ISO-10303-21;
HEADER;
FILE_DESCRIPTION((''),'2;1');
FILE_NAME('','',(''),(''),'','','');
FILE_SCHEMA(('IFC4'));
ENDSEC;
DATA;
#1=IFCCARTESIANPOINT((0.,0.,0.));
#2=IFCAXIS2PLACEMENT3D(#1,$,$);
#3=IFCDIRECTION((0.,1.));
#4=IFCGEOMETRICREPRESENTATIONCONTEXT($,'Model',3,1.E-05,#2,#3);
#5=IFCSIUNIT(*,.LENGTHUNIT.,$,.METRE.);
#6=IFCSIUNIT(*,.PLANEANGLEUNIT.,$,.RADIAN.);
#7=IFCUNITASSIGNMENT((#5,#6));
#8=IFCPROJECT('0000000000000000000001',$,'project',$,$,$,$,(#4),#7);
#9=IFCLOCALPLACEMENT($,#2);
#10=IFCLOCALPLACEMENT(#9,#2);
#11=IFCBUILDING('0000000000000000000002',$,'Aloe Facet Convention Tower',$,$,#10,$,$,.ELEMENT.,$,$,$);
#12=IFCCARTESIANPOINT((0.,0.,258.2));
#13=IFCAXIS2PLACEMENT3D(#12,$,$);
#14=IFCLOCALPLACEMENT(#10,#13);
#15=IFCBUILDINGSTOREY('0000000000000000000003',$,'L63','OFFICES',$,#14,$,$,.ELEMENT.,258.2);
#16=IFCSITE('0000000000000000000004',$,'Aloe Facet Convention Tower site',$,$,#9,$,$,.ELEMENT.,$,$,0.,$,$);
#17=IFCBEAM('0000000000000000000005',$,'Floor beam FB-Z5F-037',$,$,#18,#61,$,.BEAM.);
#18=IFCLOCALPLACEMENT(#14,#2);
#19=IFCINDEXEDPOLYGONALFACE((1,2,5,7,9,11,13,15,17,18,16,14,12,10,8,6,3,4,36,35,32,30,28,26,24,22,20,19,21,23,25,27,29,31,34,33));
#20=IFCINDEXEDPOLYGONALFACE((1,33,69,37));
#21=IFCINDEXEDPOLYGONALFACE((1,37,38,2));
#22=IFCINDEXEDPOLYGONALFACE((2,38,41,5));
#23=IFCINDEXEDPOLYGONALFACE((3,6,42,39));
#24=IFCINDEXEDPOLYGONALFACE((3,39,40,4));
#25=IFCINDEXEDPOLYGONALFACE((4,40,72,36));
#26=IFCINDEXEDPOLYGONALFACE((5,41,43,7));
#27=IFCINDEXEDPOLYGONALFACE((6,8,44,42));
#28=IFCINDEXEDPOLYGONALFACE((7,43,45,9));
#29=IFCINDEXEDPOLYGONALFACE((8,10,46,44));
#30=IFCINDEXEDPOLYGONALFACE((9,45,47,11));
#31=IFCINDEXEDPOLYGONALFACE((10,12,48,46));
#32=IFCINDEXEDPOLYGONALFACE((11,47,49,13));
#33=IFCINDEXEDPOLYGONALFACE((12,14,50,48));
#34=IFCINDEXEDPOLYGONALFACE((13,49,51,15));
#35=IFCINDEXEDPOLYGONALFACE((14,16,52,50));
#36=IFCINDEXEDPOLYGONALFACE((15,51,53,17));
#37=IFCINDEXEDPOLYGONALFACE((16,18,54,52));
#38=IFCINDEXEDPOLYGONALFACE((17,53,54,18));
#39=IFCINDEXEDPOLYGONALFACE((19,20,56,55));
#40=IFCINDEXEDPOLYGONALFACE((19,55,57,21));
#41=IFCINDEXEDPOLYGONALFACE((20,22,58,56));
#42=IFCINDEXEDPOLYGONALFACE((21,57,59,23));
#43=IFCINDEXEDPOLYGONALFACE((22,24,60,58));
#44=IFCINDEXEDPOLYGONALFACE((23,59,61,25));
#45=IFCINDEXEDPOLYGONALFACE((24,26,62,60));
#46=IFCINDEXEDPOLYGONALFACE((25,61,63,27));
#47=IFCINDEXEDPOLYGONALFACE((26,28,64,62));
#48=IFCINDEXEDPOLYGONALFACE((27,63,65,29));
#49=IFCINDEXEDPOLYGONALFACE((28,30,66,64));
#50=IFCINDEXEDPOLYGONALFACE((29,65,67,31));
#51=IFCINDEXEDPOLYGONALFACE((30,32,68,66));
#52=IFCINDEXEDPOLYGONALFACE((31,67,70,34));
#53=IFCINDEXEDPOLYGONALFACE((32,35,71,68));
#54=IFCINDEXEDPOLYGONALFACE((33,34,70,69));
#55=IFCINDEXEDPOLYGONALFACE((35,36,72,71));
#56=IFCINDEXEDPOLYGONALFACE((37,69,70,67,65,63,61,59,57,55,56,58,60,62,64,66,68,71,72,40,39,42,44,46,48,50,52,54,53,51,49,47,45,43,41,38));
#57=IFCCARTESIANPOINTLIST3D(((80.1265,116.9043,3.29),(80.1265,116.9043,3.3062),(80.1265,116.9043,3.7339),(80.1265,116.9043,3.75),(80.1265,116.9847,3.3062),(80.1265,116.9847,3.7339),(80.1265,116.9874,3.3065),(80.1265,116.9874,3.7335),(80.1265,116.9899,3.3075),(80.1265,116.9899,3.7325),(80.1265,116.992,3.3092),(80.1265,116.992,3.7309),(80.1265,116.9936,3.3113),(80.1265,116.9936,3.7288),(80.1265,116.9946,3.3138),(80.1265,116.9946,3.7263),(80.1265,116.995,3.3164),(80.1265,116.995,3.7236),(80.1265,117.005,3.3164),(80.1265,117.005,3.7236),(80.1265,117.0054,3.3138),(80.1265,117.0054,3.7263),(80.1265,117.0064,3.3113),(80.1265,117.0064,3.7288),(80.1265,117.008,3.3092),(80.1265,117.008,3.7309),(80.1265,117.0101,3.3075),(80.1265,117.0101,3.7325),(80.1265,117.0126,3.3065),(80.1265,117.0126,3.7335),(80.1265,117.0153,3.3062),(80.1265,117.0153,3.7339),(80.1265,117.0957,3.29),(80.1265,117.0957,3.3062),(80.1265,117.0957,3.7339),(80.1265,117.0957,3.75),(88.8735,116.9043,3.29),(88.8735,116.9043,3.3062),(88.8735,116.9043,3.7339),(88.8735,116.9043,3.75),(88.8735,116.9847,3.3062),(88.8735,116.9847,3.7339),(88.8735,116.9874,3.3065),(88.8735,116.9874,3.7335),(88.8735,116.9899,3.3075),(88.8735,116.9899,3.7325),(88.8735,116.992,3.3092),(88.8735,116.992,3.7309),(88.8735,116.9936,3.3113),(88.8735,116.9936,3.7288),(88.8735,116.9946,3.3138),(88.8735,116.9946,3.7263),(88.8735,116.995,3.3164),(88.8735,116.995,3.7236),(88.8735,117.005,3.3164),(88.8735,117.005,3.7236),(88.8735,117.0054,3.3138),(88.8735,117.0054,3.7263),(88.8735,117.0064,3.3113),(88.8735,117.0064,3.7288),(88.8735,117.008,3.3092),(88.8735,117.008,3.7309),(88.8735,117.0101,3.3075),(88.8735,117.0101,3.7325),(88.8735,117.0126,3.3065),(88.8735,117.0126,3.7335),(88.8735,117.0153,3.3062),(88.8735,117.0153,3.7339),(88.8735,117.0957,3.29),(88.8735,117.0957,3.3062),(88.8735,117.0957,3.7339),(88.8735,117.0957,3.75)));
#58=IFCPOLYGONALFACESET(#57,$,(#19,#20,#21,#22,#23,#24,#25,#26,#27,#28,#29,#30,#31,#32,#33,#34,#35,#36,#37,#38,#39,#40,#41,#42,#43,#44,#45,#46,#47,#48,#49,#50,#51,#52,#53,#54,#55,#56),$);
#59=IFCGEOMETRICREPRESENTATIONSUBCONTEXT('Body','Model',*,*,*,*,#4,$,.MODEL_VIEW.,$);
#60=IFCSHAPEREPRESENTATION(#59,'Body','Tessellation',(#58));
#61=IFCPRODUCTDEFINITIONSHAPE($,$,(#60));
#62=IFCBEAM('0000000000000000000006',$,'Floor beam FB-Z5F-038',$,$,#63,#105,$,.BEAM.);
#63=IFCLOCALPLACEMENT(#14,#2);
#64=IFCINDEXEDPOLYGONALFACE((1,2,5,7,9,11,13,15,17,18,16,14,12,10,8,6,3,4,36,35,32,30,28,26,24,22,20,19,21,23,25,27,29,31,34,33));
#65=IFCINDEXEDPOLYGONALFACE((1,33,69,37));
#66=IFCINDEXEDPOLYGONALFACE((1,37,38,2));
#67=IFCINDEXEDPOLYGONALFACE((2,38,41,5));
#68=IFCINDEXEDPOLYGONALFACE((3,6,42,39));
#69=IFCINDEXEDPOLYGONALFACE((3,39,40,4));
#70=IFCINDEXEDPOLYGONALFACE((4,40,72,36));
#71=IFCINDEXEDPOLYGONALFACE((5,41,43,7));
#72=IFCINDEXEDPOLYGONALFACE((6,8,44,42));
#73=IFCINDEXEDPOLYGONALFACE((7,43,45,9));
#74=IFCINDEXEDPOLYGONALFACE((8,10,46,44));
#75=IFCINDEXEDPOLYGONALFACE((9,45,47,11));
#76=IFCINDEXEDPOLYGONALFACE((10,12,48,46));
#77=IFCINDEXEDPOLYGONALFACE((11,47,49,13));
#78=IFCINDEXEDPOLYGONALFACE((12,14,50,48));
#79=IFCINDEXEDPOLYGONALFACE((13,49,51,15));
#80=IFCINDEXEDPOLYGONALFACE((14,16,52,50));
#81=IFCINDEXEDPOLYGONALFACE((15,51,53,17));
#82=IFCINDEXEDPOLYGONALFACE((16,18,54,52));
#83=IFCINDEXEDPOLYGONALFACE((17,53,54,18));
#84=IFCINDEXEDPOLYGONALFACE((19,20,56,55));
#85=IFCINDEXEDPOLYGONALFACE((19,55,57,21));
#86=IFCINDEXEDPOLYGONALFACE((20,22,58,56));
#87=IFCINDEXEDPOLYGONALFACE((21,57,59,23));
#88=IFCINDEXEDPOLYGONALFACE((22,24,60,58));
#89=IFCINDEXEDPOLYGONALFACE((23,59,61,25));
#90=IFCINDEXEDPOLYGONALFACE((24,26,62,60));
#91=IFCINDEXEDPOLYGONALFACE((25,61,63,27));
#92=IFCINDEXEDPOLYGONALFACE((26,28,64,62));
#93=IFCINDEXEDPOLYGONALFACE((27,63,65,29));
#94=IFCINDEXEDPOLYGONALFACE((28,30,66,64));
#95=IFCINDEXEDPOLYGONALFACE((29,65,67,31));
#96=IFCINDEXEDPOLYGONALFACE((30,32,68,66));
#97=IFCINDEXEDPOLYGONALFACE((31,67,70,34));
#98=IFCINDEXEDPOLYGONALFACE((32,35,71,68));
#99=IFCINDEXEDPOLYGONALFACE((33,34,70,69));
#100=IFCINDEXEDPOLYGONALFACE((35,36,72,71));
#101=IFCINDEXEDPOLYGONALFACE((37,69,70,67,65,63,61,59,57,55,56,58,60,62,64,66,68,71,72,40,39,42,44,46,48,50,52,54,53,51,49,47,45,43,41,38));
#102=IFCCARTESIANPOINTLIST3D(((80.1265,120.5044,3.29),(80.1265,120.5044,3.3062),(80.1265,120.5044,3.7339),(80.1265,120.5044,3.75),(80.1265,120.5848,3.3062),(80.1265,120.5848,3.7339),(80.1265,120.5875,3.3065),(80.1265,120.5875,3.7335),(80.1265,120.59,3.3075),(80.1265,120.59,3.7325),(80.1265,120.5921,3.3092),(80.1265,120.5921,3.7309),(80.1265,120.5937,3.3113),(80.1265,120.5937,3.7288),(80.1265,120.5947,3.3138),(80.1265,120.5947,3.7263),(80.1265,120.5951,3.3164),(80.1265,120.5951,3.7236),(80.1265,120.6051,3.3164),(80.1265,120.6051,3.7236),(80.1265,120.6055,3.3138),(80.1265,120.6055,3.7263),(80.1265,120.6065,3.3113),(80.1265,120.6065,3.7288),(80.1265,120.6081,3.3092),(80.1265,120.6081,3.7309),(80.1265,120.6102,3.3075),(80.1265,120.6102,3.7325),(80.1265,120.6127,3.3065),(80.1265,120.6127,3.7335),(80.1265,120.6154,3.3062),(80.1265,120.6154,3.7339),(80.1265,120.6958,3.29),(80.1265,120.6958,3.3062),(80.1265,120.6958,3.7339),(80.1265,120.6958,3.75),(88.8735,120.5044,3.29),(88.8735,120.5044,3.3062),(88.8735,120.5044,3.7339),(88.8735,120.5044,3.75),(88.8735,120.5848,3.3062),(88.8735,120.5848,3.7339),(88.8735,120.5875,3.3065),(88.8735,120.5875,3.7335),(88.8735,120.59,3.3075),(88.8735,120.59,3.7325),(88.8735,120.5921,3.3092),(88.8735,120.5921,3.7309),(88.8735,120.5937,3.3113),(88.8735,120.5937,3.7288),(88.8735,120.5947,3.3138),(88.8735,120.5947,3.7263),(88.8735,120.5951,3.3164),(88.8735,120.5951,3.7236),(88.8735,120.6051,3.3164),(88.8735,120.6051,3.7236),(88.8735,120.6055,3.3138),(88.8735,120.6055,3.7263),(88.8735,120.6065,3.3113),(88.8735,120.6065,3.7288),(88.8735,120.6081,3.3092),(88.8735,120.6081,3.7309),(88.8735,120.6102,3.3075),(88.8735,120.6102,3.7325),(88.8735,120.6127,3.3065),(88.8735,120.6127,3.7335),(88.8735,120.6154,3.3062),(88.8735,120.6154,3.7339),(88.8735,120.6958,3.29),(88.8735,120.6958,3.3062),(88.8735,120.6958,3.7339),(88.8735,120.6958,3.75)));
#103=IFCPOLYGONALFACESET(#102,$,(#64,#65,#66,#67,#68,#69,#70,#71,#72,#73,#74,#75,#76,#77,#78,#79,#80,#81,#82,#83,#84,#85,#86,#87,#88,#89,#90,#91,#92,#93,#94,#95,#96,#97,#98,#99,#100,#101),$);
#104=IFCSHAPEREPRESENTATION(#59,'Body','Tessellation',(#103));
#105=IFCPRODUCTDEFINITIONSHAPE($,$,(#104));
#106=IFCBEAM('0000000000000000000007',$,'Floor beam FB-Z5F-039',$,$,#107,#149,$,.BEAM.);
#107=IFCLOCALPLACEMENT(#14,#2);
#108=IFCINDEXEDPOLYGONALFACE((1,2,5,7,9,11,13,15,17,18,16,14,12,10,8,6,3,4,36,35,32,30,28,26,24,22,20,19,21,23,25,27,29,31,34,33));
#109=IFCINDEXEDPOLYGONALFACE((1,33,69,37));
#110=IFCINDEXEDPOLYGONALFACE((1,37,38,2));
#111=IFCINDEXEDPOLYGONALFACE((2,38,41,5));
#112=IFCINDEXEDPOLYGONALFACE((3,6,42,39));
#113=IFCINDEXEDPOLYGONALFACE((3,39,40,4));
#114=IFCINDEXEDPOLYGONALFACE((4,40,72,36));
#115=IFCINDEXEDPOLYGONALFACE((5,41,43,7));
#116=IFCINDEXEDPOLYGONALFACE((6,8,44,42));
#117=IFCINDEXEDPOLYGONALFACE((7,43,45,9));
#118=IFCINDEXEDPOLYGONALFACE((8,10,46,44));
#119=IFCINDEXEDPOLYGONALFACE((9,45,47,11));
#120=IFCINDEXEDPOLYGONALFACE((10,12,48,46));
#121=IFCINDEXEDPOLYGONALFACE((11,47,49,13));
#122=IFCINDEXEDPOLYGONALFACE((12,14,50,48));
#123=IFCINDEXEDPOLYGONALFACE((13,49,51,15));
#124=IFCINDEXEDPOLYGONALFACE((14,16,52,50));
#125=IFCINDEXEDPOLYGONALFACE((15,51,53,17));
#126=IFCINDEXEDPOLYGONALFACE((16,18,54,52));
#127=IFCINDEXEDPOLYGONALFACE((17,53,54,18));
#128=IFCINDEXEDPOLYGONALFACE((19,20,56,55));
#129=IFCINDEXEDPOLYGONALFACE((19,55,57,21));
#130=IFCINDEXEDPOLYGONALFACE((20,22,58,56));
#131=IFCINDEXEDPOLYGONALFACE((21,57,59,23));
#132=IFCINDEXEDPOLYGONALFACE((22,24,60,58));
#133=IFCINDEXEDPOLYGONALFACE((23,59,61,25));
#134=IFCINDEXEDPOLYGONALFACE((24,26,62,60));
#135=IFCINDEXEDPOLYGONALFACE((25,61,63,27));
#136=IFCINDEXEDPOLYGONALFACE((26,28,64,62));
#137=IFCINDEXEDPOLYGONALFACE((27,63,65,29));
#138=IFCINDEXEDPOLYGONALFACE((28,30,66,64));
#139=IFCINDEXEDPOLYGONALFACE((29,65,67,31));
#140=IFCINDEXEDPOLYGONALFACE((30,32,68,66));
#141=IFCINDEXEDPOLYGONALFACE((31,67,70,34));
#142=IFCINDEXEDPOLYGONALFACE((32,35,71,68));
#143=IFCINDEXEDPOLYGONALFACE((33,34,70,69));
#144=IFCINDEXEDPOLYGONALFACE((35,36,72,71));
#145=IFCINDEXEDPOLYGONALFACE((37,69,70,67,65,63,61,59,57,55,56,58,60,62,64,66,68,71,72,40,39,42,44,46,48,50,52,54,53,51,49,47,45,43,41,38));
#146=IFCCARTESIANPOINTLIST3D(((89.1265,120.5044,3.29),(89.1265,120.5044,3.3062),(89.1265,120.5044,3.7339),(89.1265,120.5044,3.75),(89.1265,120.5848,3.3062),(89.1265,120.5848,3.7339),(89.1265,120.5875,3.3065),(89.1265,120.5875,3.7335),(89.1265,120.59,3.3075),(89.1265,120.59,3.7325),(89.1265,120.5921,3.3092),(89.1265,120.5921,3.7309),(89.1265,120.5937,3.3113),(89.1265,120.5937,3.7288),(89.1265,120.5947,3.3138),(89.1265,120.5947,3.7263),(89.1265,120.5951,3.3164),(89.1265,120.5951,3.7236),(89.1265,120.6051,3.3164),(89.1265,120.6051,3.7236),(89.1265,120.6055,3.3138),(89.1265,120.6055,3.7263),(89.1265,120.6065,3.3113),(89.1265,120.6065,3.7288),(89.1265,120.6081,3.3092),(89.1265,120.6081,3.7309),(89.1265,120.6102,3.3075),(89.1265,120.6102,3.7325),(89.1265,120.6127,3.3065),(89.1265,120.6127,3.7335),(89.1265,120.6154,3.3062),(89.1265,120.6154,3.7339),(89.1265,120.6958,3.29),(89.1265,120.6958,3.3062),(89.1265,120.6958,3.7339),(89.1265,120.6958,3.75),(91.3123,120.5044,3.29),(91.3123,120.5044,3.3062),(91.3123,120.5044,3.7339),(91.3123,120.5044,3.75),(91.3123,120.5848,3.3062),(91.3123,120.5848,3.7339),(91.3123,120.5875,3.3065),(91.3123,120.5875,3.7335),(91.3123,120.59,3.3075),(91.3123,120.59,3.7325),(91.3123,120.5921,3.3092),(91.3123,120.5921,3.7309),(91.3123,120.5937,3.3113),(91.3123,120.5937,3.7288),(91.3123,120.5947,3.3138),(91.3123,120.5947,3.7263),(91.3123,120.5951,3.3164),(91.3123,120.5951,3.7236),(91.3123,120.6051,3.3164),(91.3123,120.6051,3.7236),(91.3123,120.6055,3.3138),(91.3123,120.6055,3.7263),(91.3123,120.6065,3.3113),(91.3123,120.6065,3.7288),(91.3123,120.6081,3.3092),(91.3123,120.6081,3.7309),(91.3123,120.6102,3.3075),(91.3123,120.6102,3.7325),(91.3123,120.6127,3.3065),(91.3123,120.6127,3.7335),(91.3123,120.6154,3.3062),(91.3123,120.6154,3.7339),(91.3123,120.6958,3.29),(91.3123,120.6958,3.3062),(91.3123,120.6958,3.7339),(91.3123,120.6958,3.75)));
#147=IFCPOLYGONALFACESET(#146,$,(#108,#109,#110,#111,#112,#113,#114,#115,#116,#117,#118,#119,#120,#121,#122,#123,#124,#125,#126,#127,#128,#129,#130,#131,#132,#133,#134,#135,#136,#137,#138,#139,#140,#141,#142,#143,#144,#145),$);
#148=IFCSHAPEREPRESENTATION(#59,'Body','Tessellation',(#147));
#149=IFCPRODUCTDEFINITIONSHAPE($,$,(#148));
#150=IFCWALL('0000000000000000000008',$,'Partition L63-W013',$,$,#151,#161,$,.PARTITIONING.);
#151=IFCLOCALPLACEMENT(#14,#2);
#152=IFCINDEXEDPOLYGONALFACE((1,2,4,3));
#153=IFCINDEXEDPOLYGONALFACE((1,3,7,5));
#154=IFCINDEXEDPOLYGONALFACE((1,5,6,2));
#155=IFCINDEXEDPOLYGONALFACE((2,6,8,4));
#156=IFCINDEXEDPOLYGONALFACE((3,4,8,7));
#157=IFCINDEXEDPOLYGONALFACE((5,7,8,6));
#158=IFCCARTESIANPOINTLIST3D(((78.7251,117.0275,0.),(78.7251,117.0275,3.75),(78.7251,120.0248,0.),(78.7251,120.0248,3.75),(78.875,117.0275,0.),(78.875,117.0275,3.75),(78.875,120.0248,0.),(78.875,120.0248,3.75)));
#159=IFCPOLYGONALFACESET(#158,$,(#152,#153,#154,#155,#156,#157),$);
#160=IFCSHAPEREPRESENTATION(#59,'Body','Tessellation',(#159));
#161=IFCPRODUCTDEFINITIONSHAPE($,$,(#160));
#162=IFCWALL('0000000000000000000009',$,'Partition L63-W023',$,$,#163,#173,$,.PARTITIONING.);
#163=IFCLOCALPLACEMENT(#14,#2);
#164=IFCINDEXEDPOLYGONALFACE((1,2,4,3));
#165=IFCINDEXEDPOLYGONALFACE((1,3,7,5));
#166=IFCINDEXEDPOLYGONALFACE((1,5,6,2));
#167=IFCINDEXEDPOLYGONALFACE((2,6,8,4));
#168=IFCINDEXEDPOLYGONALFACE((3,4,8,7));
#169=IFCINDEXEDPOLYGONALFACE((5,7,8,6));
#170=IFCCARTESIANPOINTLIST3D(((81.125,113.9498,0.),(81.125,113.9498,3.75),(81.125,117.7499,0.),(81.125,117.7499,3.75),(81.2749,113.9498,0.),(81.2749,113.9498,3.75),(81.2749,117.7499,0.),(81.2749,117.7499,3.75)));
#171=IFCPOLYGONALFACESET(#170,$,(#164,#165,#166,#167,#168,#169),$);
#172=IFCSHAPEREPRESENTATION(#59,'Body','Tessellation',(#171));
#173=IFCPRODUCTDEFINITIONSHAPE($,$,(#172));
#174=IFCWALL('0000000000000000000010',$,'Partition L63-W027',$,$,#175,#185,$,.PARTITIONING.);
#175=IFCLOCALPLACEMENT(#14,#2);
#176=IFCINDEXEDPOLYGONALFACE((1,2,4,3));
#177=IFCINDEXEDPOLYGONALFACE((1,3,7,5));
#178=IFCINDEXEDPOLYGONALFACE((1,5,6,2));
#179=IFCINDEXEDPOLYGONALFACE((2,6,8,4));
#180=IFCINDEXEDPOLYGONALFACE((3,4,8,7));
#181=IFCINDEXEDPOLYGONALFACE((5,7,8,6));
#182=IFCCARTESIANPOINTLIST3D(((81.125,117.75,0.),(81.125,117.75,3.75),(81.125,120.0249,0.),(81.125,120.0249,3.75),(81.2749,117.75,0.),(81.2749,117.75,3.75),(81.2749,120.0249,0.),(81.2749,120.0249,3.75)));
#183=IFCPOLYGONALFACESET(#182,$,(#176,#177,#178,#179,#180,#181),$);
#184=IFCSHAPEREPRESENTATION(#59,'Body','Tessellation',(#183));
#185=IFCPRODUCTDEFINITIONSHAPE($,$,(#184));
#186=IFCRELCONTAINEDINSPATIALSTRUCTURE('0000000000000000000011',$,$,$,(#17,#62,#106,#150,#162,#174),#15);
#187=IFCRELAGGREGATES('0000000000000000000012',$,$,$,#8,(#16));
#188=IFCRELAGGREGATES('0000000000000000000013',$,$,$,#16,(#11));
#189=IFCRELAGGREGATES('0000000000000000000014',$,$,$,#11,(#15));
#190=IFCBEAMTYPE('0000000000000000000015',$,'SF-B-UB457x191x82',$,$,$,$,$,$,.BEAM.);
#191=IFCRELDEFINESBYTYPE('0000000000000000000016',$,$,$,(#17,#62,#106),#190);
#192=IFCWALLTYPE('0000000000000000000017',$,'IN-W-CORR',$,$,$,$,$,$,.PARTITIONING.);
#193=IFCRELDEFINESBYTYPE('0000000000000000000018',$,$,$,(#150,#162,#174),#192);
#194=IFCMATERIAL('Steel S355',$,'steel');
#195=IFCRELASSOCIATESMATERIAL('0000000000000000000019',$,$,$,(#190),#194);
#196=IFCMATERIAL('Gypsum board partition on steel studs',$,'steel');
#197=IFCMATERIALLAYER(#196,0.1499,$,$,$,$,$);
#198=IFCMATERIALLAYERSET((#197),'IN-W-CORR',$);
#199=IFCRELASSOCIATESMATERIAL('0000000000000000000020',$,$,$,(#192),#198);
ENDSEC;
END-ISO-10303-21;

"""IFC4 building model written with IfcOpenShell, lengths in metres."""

from ifc_helpers import new_model, si_unit, direction, frame, frame_2d, origin, origin_2d, place, context, subcontext, project, spatial, rectangle, i_section, extrude, material, layer, layer_set, material_profile, profile_set, type_object, element, save


model = new_model("IFC4")

# Units and contexts
model_context = context("Model", 3, precision=1e-05, world=origin(), true_north=direction((0.0, 1.0)))
body_context = subcontext(model_context, "Body", "Model", "MODEL_VIEW")
ifc_project = project(units=[si_unit("LENGTHUNIT", "METRE"), si_unit("PLANEANGLEUNIT", "RADIAN")], contexts=[model_context])

# Site, building, storey
site_placement = place(None, origin())
site = spatial("IfcSite", under=ifc_project, at=site_placement, Name="Aloe Facet Convention Tower site", CompositionType="ELEMENT", RefElevation=0.0)
building_placement = place(site_placement, origin())
building = spatial("IfcBuilding", under=site, at=building_placement, Name="Aloe Facet Convention Tower", CompositionType="ELEMENT")
storey_placement = place(building_placement, frame((0.0, 0.0, 258.2)))
storey = spatial("IfcBuildingStorey", under=building, at=storey_placement, Name="L63", Description="OFFICES", CompositionType="ELEMENT", Elevation=258.2)

# Beams
ifc_material_1 = material(Name="Steel S355", Category="steel")
ifc_material_profile = material_profile(ifc_material_1, i_section(OverallWidth=0.1914, OverallDepth=0.46, WebThickness=0.01, FlangeThickness=0.0161, FilletRadius=0.0103, at=origin_2d()), Name="UB 457x191x82")
ifc_profile_set = profile_set([ifc_material_profile], Name="Steel S355")
beam_type = type_object("IfcBeamType", Name="SF-B-UB457x191x82", PredefinedType="BEAM", material=ifc_profile_set)
for number, where, z_axis, x_axis, name in (
    (1, (80.1265, 117.0, 3.52), (1.0, 0.0, 0.0), (0.0, 1.0, 0.0), "Floor beam FB-Z5F-037"),
    (2, (80.1265, 120.6001, 3.52), (1.0, 0.0, 0.0), (0.0, 1.0, 0.0), "Floor beam FB-Z5F-038"),
):
    element("IfcBeam", number, at=place(storey_placement, frame(where, z_axis=z_axis, x_axis=x_axis)), inside=storey, type_object=beam_type, Name=name, PredefinedType="BEAM", context=body_context, shape_type="SweptSolid", body=[
        extrude(i_section(OverallWidth=0.1914, OverallDepth=0.46, WebThickness=0.01, FlangeThickness=0.0161, FilletRadius=0.0103, at=origin_2d()), origin(), (0.0, 0.0, 1.0), 8.7471),
    ])
beam_placement = place(storey_placement, frame((89.1265, 120.6001, 3.52), z_axis=(1.0, 0.0, 0.0), x_axis=(0.0, 1.0, 0.0)))
element("IfcBeam", 3, at=beam_placement, inside=storey, type_object=beam_type, Name="Floor beam FB-Z5F-039", PredefinedType="BEAM", context=body_context, shape_type="SweptSolid", body=[
    extrude(i_section(OverallWidth=0.1914, OverallDepth=0.46, WebThickness=0.01, FlangeThickness=0.0161, FilletRadius=0.0103, at=origin_2d()), origin(), (0.0, 0.0, 1.0), 2.1858),
])

# Walls
ifc_material_2 = material(Name="Gypsum board partition on steel studs", Category="steel")
ifc_layer_1 = layer(ifc_material_2, 0.1499)
ifc_layer_set_1 = layer_set([ifc_layer_1], Name="IN-W-CORR")
wall_type_1 = type_object("IfcWallType", Name="IN-W-CORR", PredefinedType="PARTITIONING", material=ifc_layer_set_1)
wall_1_placement = place(storey_placement, frame((78.8, 117.0276, 0.0), z_axis=(0.0, 0.0, 1.0), x_axis=(0.0, 1.0, 0.0)))
element("IfcWall", 4, at=wall_1_placement, inside=storey, type_object=wall_type_1, Name="Partition L63-W013", PredefinedType="PARTITIONING", context=body_context, shape_type="SweptSolid", body=[
    extrude(rectangle(XDim=2.9973, YDim=0.1499, at=frame_2d((1.4985, 0.0))), origin(), (0.0, 0.0, 1.0), 3.75),
])
wall_2_placement = place(storey_placement, frame((81.2, 113.95, 0.0), z_axis=(0.0, 0.0, 1.0), x_axis=(0.0, 1.0, 0.0)))
element("IfcWall", 5, at=wall_2_placement, inside=storey, type_object=wall_type_1, Name="Partition L63-W023", PredefinedType="PARTITIONING", context=body_context, shape_type="SweptSolid", body=[
    extrude(rectangle(XDim=3.8, YDim=0.1499, at=frame_2d((1.8999, 0.0))), origin(), (0.0, 0.0, 1.0), 3.75),
])
wall_3_placement = place(storey_placement, frame((81.2, 117.75, 0.0), z_axis=(0.0, 0.0, 1.0), x_axis=(0.0, 1.0, 0.0)))
element("IfcWall", 6, at=wall_3_placement, inside=storey, type_object=wall_type_1, Name="Partition L63-W027", PredefinedType="PARTITIONING", context=body_context, shape_type="SweptSolid", body=[
    extrude(rectangle(XDim=2.2749, YDim=0.1499, at=frame_2d((1.1375, 0.0))), origin(), (0.0, 0.0, 1.0), 3.75),
])

save(model, "model.ifc")
